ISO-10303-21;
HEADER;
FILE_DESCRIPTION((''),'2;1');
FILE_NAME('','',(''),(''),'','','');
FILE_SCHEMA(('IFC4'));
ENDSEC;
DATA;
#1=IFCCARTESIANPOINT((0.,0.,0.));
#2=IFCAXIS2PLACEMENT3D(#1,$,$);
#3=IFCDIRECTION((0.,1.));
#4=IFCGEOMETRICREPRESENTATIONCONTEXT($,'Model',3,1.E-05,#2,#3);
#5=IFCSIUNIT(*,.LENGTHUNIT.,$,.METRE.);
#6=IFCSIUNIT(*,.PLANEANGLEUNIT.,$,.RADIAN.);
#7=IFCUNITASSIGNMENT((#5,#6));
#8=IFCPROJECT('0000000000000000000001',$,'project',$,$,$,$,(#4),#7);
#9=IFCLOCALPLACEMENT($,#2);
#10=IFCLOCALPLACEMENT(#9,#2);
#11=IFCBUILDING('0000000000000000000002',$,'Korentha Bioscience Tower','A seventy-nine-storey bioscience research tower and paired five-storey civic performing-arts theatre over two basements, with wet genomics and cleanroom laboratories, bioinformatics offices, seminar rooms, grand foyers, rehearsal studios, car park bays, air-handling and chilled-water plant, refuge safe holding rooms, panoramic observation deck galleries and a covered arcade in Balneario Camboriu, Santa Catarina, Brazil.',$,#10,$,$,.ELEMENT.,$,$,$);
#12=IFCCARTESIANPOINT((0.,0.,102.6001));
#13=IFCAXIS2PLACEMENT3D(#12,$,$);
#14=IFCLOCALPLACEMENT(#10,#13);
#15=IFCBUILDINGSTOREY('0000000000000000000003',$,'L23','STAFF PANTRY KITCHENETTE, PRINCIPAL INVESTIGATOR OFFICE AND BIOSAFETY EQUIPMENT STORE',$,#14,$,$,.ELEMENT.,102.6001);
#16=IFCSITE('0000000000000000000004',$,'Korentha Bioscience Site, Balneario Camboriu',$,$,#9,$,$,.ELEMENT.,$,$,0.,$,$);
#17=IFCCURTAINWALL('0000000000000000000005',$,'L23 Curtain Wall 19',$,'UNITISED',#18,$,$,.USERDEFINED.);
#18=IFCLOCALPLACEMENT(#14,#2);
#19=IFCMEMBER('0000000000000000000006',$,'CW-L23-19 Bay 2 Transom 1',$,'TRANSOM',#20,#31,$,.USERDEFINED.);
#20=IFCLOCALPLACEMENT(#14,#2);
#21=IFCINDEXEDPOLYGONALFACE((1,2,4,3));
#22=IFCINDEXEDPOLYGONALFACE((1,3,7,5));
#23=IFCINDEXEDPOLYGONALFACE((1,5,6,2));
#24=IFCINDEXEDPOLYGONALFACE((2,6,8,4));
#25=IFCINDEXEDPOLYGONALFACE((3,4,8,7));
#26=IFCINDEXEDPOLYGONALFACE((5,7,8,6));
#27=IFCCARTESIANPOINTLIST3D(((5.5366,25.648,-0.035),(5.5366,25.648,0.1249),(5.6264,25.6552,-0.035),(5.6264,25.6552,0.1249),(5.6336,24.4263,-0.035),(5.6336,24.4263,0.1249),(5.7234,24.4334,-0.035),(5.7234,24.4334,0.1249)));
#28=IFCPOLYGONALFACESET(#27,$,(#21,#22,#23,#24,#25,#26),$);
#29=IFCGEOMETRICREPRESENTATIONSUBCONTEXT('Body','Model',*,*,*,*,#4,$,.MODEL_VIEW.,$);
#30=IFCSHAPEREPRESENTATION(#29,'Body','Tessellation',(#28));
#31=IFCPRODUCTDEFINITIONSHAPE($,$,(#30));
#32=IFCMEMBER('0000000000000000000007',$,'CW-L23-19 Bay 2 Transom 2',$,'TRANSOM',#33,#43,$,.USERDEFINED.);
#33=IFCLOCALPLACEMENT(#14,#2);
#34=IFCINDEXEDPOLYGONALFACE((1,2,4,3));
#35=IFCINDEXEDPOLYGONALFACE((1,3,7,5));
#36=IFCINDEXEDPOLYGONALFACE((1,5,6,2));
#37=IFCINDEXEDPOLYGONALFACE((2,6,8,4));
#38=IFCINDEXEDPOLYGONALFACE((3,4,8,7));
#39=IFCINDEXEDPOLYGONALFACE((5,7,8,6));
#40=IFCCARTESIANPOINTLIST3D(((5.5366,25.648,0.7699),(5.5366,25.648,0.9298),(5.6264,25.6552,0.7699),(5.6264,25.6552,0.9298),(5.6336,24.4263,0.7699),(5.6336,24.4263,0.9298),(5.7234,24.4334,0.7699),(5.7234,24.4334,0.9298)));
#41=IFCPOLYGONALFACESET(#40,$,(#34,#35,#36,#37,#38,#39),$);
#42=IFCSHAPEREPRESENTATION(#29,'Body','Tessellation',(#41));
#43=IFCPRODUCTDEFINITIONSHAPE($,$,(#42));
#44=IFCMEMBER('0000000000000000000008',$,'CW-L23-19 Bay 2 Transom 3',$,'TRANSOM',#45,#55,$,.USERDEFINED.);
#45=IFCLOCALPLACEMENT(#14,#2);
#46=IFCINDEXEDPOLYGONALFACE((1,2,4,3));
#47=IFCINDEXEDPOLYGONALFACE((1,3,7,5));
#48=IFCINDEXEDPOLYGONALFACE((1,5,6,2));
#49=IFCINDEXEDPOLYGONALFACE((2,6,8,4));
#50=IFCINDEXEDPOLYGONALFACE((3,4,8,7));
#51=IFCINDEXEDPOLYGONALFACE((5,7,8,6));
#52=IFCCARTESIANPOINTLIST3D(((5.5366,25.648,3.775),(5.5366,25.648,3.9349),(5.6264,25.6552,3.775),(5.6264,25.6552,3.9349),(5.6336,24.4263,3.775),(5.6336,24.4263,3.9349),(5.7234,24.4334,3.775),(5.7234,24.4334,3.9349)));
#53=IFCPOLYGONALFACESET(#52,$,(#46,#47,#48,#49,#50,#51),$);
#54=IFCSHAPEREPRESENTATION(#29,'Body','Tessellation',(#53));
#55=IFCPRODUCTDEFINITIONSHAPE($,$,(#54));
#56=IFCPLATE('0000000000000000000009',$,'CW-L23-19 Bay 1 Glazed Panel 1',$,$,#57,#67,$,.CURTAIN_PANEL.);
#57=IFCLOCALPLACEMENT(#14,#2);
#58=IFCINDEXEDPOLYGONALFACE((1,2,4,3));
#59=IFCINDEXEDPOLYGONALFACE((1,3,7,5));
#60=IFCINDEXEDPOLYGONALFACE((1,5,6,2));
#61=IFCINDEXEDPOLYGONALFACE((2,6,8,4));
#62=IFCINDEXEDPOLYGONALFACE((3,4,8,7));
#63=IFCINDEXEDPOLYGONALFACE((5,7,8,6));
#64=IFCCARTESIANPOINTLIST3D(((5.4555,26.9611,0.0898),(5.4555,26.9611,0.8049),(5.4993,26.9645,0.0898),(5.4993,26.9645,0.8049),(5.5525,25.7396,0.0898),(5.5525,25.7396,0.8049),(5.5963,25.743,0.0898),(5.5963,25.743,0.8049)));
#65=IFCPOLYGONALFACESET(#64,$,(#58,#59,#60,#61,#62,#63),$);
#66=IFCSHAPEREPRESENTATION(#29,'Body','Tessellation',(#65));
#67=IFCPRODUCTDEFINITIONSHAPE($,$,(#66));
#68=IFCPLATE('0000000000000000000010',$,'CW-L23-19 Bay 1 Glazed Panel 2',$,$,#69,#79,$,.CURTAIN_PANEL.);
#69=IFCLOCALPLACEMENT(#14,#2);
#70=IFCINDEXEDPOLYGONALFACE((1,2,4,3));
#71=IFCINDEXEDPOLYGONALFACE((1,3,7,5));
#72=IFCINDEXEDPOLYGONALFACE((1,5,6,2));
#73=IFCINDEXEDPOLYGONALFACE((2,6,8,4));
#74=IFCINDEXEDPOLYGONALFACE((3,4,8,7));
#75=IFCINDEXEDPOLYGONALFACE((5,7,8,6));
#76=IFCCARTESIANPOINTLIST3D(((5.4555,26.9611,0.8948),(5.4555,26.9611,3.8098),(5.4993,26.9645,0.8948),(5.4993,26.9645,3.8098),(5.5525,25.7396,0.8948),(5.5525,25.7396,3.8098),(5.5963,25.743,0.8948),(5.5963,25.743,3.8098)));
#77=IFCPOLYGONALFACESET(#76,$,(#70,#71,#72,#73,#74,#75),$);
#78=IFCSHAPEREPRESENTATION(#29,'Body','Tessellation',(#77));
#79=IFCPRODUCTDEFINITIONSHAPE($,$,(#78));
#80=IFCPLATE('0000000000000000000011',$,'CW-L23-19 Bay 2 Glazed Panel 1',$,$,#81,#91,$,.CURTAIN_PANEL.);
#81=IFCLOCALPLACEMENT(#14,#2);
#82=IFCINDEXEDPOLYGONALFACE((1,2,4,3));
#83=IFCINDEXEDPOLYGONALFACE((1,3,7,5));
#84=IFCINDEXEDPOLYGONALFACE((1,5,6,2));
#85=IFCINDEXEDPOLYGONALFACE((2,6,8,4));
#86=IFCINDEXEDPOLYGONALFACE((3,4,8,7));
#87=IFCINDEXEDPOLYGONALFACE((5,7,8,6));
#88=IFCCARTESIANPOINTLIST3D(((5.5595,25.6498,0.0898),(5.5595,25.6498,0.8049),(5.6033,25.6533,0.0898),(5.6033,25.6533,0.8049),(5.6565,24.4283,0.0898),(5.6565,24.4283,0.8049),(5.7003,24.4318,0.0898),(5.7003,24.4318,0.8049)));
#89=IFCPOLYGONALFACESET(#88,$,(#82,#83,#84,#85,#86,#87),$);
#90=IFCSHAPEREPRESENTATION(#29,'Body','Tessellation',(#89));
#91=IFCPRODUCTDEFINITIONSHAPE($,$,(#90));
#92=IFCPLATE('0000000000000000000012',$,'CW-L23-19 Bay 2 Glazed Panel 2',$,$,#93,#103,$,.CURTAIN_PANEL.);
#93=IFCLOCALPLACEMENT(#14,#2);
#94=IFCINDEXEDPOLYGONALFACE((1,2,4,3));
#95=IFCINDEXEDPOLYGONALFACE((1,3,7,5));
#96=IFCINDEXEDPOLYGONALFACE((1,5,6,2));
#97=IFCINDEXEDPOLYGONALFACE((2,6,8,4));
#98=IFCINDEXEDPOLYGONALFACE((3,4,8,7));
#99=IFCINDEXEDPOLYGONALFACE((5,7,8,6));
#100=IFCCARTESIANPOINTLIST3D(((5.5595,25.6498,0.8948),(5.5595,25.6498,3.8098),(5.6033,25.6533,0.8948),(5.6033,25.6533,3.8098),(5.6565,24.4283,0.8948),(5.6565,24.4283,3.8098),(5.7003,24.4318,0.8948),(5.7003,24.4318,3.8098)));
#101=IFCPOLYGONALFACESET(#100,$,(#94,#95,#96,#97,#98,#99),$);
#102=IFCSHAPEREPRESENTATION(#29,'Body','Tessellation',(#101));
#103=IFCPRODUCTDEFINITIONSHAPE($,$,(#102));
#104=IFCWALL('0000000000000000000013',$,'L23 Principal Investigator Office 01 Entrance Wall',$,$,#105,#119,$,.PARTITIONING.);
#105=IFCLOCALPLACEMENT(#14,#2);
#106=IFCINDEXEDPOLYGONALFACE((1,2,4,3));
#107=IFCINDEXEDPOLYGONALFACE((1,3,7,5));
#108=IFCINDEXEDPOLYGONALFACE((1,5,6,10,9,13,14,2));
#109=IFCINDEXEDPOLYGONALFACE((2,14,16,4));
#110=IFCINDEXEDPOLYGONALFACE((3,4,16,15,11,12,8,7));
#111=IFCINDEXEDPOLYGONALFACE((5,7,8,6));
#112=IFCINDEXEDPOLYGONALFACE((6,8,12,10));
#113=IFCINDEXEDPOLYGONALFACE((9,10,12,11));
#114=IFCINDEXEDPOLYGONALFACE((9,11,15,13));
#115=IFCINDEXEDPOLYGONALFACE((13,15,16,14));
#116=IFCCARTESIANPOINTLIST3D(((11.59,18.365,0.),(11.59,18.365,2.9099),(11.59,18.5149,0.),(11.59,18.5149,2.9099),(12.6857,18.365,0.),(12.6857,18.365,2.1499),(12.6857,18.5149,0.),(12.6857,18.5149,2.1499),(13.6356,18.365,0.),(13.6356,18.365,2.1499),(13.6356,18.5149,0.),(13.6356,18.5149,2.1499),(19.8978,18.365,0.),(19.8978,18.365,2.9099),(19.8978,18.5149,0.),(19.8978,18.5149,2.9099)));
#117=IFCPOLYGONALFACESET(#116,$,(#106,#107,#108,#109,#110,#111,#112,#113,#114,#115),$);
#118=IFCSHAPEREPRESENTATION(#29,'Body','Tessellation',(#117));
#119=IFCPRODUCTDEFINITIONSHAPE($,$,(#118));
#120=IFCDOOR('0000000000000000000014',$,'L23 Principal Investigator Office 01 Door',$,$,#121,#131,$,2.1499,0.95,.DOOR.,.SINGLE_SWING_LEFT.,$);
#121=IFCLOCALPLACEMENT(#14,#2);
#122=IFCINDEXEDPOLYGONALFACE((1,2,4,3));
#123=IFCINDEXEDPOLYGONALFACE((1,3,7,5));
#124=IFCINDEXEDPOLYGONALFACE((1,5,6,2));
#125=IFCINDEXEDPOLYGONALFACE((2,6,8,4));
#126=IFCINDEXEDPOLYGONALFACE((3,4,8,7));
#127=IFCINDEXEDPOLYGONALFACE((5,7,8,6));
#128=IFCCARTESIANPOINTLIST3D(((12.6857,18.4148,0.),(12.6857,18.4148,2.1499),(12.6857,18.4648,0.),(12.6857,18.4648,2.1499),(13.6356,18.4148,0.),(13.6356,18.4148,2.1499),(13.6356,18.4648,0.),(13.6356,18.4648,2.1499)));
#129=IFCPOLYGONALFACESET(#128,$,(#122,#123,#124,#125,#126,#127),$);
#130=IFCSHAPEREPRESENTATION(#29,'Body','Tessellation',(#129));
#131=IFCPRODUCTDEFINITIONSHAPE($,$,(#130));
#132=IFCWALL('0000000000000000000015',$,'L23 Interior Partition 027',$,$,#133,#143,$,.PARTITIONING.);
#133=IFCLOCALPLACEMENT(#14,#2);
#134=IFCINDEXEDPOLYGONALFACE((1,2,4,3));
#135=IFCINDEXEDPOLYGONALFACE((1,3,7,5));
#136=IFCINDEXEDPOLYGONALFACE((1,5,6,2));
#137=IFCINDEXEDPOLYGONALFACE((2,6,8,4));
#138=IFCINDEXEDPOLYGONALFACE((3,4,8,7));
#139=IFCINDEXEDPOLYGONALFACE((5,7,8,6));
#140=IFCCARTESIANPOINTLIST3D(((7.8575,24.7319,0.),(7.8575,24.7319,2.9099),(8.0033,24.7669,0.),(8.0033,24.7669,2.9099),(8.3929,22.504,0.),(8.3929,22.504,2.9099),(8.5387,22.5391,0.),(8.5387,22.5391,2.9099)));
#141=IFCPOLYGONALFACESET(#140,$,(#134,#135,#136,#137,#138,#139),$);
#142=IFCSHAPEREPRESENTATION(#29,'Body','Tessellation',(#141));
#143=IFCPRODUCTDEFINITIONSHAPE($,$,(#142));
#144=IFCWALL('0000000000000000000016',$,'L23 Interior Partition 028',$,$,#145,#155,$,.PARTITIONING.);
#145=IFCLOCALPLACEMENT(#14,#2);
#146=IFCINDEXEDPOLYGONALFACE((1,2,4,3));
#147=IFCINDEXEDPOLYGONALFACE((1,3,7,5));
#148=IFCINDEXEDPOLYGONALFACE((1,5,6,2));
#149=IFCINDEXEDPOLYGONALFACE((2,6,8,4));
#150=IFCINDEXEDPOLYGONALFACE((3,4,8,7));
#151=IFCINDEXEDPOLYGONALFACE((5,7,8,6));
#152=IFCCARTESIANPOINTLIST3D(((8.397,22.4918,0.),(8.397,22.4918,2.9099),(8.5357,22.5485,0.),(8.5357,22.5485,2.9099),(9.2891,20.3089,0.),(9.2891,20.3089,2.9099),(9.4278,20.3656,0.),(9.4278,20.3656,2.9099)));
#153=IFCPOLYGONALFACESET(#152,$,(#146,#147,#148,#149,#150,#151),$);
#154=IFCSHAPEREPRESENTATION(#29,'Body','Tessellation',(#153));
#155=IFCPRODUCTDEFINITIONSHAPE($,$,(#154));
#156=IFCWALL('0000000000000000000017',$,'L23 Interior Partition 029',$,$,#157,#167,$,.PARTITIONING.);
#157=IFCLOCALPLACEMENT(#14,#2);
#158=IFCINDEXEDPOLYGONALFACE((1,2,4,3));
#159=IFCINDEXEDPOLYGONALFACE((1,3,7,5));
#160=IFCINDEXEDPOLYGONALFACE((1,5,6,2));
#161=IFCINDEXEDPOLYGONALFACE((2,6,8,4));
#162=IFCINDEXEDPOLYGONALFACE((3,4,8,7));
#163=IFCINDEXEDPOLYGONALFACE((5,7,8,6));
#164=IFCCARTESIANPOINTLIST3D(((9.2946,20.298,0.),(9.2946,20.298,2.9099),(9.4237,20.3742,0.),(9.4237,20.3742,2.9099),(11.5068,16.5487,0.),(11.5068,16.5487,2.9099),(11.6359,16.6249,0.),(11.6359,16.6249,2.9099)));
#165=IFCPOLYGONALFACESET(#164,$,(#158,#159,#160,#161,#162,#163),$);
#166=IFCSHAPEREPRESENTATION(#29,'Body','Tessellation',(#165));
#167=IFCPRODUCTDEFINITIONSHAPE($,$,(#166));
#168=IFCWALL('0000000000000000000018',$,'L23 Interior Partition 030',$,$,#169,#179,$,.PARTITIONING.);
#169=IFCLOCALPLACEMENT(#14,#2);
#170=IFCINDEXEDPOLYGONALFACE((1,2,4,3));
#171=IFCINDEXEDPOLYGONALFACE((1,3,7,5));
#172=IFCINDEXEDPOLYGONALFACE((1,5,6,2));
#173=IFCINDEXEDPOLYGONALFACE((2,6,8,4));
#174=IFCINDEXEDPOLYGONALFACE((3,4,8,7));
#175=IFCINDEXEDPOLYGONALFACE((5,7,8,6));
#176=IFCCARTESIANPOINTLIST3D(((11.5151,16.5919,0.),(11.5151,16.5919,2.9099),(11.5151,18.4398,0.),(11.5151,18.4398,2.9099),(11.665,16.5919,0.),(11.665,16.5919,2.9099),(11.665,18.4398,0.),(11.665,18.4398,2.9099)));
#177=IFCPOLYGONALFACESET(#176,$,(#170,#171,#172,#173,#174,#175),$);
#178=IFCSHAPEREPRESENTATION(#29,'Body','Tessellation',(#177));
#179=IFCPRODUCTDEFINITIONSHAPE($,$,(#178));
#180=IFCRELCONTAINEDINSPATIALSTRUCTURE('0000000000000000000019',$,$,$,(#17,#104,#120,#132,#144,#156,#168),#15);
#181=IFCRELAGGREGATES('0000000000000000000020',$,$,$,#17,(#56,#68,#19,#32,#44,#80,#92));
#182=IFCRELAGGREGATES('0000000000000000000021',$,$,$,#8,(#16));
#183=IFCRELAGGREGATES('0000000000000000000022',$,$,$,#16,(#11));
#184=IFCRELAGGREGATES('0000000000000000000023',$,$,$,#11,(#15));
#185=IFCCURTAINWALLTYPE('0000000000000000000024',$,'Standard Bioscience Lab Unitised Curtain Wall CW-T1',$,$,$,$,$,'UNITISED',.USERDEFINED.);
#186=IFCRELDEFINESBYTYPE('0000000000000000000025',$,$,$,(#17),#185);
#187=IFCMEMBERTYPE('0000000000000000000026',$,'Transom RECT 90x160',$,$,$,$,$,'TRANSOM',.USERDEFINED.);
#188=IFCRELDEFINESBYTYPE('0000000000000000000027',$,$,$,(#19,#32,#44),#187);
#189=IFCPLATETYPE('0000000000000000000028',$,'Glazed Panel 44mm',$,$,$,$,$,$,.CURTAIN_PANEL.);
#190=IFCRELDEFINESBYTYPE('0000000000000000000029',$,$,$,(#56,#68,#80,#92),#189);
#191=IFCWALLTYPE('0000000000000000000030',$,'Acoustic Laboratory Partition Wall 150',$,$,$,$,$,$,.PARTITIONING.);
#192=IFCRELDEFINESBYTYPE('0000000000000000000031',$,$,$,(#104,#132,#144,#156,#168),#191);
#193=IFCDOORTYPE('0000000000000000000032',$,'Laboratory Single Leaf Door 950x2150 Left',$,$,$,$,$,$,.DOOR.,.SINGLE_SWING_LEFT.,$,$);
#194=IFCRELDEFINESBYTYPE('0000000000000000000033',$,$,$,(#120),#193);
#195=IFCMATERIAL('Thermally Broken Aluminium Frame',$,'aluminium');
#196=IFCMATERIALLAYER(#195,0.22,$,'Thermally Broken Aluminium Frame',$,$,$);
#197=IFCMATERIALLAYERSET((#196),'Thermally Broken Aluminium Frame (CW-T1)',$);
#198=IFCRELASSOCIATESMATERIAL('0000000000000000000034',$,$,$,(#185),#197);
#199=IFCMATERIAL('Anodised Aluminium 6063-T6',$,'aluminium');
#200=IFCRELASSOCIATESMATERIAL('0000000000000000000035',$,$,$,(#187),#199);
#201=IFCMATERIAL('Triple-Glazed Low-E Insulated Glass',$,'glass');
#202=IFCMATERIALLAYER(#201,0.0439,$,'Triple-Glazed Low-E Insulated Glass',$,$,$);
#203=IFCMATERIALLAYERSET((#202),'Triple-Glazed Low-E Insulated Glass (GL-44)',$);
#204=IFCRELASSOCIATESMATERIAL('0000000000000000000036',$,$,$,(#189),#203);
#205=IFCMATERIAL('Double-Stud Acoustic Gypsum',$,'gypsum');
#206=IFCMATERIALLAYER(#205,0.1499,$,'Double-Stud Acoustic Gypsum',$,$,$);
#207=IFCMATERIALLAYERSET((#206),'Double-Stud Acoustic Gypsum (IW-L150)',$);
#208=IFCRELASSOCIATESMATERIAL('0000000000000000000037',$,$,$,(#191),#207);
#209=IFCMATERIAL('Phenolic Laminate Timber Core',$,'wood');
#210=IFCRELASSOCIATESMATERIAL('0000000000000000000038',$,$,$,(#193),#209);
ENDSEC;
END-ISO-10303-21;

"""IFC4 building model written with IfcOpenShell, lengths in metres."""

from ifc_helpers import new_model, si_unit, direction, frame, frame_2d, origin, origin_2d, place, context, subcontext, project, spatial, rectangle, extrude, material, layer, layer_set, material_profile, profile_set, type_object, element, fill, aggregate, save


model = new_model("IFC4")

# Units and contexts
model_context = context("Model", 3, precision=1e-05, world=origin(), true_north=direction((0.0, 1.0)))
body_context = subcontext(model_context, "Body", "Model", "MODEL_VIEW")
ifc_project = project(units=[si_unit("LENGTHUNIT", "METRE"), si_unit("PLANEANGLEUNIT", "RADIAN")], contexts=[model_context])

# Site, building, storey
site_placement = place(None, origin())
site = spatial("IfcSite", under=ifc_project, at=site_placement, Name="Korentha Bioscience Site, Balneario Camboriu", CompositionType="ELEMENT", RefElevation=0.0)
building_placement = place(site_placement, origin())
building = spatial("IfcBuilding", under=site, at=building_placement, Name="Korentha Bioscience Tower", Description="A seventy-nine-storey bioscience research tower and paired five-storey civic performing-arts theatre over two basements, with wet genomics and cleanroom laboratories, bioinformatics offices, seminar rooms, grand foyers, rehearsal studios, car park bays, air-handling and chilled-water plant, refuge safe holding rooms, panoramic observation deck galleries and a covered arcade in Balneario Camboriu, Santa Catarina, Brazil.", CompositionType="ELEMENT")
storey_placement = place(building_placement, frame((0.0, 0.0, 102.6001)))
storey = spatial("IfcBuildingStorey", under=building, at=storey_placement, Name="L23", Description="STAFF PANTRY KITCHENETTE, PRINCIPAL INVESTIGATOR OFFICE AND BIOSAFETY EQUIPMENT STORE", CompositionType="ELEMENT", Elevation=102.6001)

# Curtain wall
ifc_material_1 = material(Name="Thermally Broken Aluminium Frame", Category="aluminium")
ifc_layer_1 = layer(ifc_material_1, 0.22, Name="Thermally Broken Aluminium Frame")
ifc_layer_set_1 = layer_set([ifc_layer_1], Name="Thermally Broken Aluminium Frame (CW-T1)")
curtain_wall_type = type_object("IfcCurtainWallType", Name="Standard Bioscience Lab Unitised Curtain Wall CW-T1", ElementType="UNITISED", PredefinedType="USERDEFINED", material=ifc_layer_set_1)
curtain_wall_placement = place(storey_placement, origin())
curtain_wall = element("IfcCurtainWall", 1, at=curtain_wall_placement, inside=storey, type_object=curtain_wall_type, Name="L23 Curtain Wall 19", ObjectType="UNITISED", PredefinedType="USERDEFINED")
ifc_material_2 = material(Name="Anodised Aluminium 6063-T6", Category="aluminium")

# Members
ifc_material_profile_1 = material_profile(ifc_material_2, rectangle(XDim=0.0901, YDim=0.1599, at=origin_2d()), Name="Anodised Aluminium 6063-T6")
ifc_profile_set_1 = profile_set([ifc_material_profile_1], Name="Anodised Aluminium 6063-T6 (CW-TRN)")
member_type_1 = type_object("IfcMemberType", Name="Transom RECT 90x160", ElementType="TRANSOM", PredefinedType="USERDEFINED", material=ifc_profile_set_1)
member_1_placement = place(storey_placement, frame((5.5815, 25.6516, 0.0449), z_axis=(0.079088, -0.996868, 0.0), x_axis=(0.996868, 0.079088, 0.0)))
member_1 = element("IfcMember", 2, at=member_1_placement, type_object=member_type_1, Name="CW-L23-19 Bay 2 Transom 1", ObjectType="TRANSOM", PredefinedType="USERDEFINED", context=body_context, shape_type="SweptSolid", body=[
    extrude(rectangle(XDim=0.0901, YDim=0.1599, at=origin_2d()), origin(), (0.0, 0.0, 1.0), 1.2256),
])
member_2_placement = place(storey_placement, frame((5.5815, 25.6516, 0.8499), z_axis=(0.079088, -0.996868, 0.0), x_axis=(0.996868, 0.079088, 0.0)))
member_2 = element("IfcMember", 3, at=member_2_placement, type_object=member_type_1, Name="CW-L23-19 Bay 2 Transom 2", ObjectType="TRANSOM", PredefinedType="USERDEFINED", context=body_context, shape_type="SweptSolid", body=[
    extrude(rectangle(XDim=0.0901, YDim=0.1599, at=origin_2d()), origin(), (0.0, 0.0, 1.0), 1.2256),
])
member_3_placement = place(storey_placement, frame((5.5815, 25.6516, 3.855), z_axis=(0.079088, -0.996868, 0.0), x_axis=(0.996868, 0.079088, 0.0)))
member_3 = element("IfcMember", 4, at=member_3_placement, type_object=member_type_1, Name="CW-L23-19 Bay 2 Transom 3", ObjectType="TRANSOM", PredefinedType="USERDEFINED", context=body_context, shape_type="SweptSolid", body=[
    extrude(rectangle(XDim=0.0901, YDim=0.1599, at=origin_2d()), origin(), (0.0, 0.0, 1.0), 1.2256),
])

# Plates
ifc_material_3 = material(Name="Triple-Glazed Low-E Insulated Glass", Category="glass")
ifc_layer_2 = layer(ifc_material_3, 0.0439, Name="Triple-Glazed Low-E Insulated Glass")
ifc_layer_set_2 = layer_set([ifc_layer_2], Name="Triple-Glazed Low-E Insulated Glass (GL-44)")
plate_type = type_object("IfcPlateType", Name="Glazed Panel 44mm", PredefinedType="CURTAIN_PANEL", material=ifc_layer_set_2)
plate_1_placement = place(storey_placement, frame((5.5259, 26.3521, 0.0898), z_axis=(0.0, 0.0, 1.0), x_axis=(0.07913, -0.996864, 0.0)))
plate_1 = element("IfcPlate", 5, at=plate_1_placement, type_object=plate_type, Name="CW-L23-19 Bay 1 Glazed Panel 1", PredefinedType="CURTAIN_PANEL", context=body_context, shape_type="SweptSolid", body=[
    extrude(rectangle(XDim=1.2253, YDim=0.0439, at=origin_2d()), origin(), (0.0, 0.0, 1.0), 0.7151),
])
plate_2_placement = place(storey_placement, frame((5.5259, 26.3521, 0.8948), z_axis=(0.0, 0.0, 1.0), x_axis=(0.07913, -0.996864, 0.0)))
plate_2 = element("IfcPlate", 6, at=plate_2_placement, type_object=plate_type, Name="CW-L23-19 Bay 1 Glazed Panel 2", PredefinedType="CURTAIN_PANEL", context=body_context, shape_type="SweptSolid", body=[
    extrude(rectangle(XDim=1.2253, YDim=0.0439, at=origin_2d()), origin(), (0.0, 0.0, 1.0), 2.915),
])
plate_3_placement = place(storey_placement, frame((5.6299, 25.0408, 0.0898), z_axis=(0.0, 0.0, 1.0), x_axis=(0.07913, -0.996864, 0.0)))
plate_3 = element("IfcPlate", 7, at=plate_3_placement, type_object=plate_type, Name="CW-L23-19 Bay 2 Glazed Panel 1", PredefinedType="CURTAIN_PANEL", context=body_context, shape_type="SweptSolid", body=[
    extrude(rectangle(XDim=1.2253, YDim=0.0439, at=origin_2d()), origin(), (0.0, 0.0, 1.0), 0.7151),
])
plate_4_placement = place(storey_placement, frame((5.6299, 25.0408, 0.8948), z_axis=(0.0, 0.0, 1.0), x_axis=(0.07913, -0.996864, 0.0)))
plate_4 = element("IfcPlate", 8, at=plate_4_placement, type_object=plate_type, Name="CW-L23-19 Bay 2 Glazed Panel 2", PredefinedType="CURTAIN_PANEL", context=body_context, shape_type="SweptSolid", body=[
    extrude(rectangle(XDim=1.2253, YDim=0.0439, at=origin_2d()), origin(), (0.0, 0.0, 1.0), 2.915),
])
aggregate(curtain_wall, [plate_1, plate_2, member_1, member_2, member_3, plate_3, plate_4])

# Wall, opening, door
ifc_material_4 = material(Name="Double-Stud Acoustic Gypsum", Category="gypsum")
ifc_layer_3 = layer(ifc_material_4, 0.1499, Name="Double-Stud Acoustic Gypsum")
ifc_layer_set_3 = layer_set([ifc_layer_3], Name="Double-Stud Acoustic Gypsum (IW-L150)")
wall_type_1 = type_object("IfcWallType", Name="Acoustic Laboratory Partition Wall 150", PredefinedType="PARTITIONING", material=ifc_layer_set_3)
wall_1_placement = place(storey_placement, frame((11.5901, 18.4399, 0.0), z_axis=(0.0, 0.0, 1.0), x_axis=(1.0, 0.0, 0.0)))
wall_1 = element("IfcWall", 9, at=wall_1_placement, inside=storey, type_object=wall_type_1, Name="L23 Principal Investigator Office 01 Entrance Wall", PredefinedType="PARTITIONING", context=body_context, shape_type="SweptSolid", body=[
    extrude(rectangle(XDim=8.3079, YDim=0.1499, at=frame_2d((4.1538, 0.0))), origin(), (0.0, 0.0, 1.0), 2.9099),
])
opening_1_placement = place(wall_1_placement, frame((1.0955, 0.0, 0.0)))
opening_1 = element("IfcOpeningElement", 10, at=opening_1_placement, cuts=wall_1, PredefinedType="OPENING", context=body_context, shape_type="SweptSolid", body=[
    extrude(rectangle(XDim=0.95, YDim=2.1499, at=frame_2d((0.4751, 1.075))), frame((0.0, 0.0898, 0.0), z_axis=(0.0, -1.0, 0.0), x_axis=(1.0, 0.0, 0.0)), (0.0, 0.0, 1.0), 0.1797),
])
ifc_material_5 = material(Name="Phenolic Laminate Timber Core", Category="wood")
door_type_1 = type_object("IfcDoorType", Name="Laboratory Single Leaf Door 950x2150 Left", OperationType="SINGLE_SWING_LEFT", PredefinedType="DOOR", material=ifc_material_5)
door_1_placement = place(opening_1_placement, origin())
door_1 = element("IfcDoor", 11, at=door_1_placement, inside=storey, type_object=door_type_1, Name="L23 Principal Investigator Office 01 Door", OperationType="SINGLE_SWING_LEFT", OverallHeight=2.1499, OverallWidth=0.95, PredefinedType="DOOR", context=body_context, shape_type="SweptSolid", body=[
    extrude(rectangle(XDim=0.95, YDim=2.1499, at=frame_2d((0.4751, 1.075))), frame((0.0, 0.0249, 0.0), z_axis=(0.0, -1.0, 0.0), x_axis=(1.0, 0.0, 0.0)), (0.0, 0.0, 1.0), 0.05),
])
fill(opening_1, door_1)

# Walls
wall_2_placement = place(storey_placement, frame((7.9304, 24.7493, 0.0), z_axis=(0.0, 0.0, 1.0), x_axis=(0.233675, -0.972315, 0.0)))
element("IfcWall", 12, at=wall_2_placement, inside=storey, type_object=wall_type_1, Name="L23 Interior Partition 027", PredefinedType="PARTITIONING", context=body_context, shape_type="SweptSolid", body=[
    extrude(rectangle(XDim=2.2913, YDim=0.1499, at=frame_2d((1.1455, 0.0))), origin(), (0.0, 0.0, 1.0), 2.9099),
])
wall_3_placement = place(storey_placement, frame((8.4663, 22.5203, 0.0), z_axis=(0.0, 0.0, 1.0), x_axis=(0.378306, -0.92568, 0.0)))
element("IfcWall", 13, at=wall_3_placement, inside=storey, type_object=wall_type_1, Name="L23 Interior Partition 028", PredefinedType="PARTITIONING", context=body_context, shape_type="SweptSolid", body=[
    extrude(rectangle(XDim=2.3582, YDim=0.1499, at=frame_2d((1.1792, 0.0))), origin(), (0.0, 0.0, 1.0), 2.9099),
])
wall_4_placement = place(storey_placement, frame((9.3591, 20.3362, 0.0), z_axis=(0.0, 0.0, 1.0), x_axis=(0.508164, -0.86126, 0.0)))
element("IfcWall", 14, at=wall_4_placement, inside=storey, type_object=wall_type_1, Name="L23 Interior Partition 029", PredefinedType="PARTITIONING", context=body_context, shape_type="SweptSolid", body=[
    extrude(rectangle(XDim=4.3533, YDim=0.1499, at=frame_2d((2.1768, 0.0))), origin(), (0.0, 0.0, 1.0), 2.9099),
])
wall_5_placement = place(storey_placement, frame((11.5901, 16.592, 0.0), z_axis=(0.0, 0.0, 1.0), x_axis=(0.0, 1.0, 0.0)))
element("IfcWall", 15, at=wall_5_placement, inside=storey, type_object=wall_type_1, Name="L23 Interior Partition 030", PredefinedType="PARTITIONING", context=body_context, shape_type="SweptSolid", body=[
    extrude(rectangle(XDim=1.8479, YDim=0.1499, at=frame_2d((0.9238, 0.0))), origin(), (0.0, 0.0, 1.0), 2.9099),
])

save(model, "model.ifc")
